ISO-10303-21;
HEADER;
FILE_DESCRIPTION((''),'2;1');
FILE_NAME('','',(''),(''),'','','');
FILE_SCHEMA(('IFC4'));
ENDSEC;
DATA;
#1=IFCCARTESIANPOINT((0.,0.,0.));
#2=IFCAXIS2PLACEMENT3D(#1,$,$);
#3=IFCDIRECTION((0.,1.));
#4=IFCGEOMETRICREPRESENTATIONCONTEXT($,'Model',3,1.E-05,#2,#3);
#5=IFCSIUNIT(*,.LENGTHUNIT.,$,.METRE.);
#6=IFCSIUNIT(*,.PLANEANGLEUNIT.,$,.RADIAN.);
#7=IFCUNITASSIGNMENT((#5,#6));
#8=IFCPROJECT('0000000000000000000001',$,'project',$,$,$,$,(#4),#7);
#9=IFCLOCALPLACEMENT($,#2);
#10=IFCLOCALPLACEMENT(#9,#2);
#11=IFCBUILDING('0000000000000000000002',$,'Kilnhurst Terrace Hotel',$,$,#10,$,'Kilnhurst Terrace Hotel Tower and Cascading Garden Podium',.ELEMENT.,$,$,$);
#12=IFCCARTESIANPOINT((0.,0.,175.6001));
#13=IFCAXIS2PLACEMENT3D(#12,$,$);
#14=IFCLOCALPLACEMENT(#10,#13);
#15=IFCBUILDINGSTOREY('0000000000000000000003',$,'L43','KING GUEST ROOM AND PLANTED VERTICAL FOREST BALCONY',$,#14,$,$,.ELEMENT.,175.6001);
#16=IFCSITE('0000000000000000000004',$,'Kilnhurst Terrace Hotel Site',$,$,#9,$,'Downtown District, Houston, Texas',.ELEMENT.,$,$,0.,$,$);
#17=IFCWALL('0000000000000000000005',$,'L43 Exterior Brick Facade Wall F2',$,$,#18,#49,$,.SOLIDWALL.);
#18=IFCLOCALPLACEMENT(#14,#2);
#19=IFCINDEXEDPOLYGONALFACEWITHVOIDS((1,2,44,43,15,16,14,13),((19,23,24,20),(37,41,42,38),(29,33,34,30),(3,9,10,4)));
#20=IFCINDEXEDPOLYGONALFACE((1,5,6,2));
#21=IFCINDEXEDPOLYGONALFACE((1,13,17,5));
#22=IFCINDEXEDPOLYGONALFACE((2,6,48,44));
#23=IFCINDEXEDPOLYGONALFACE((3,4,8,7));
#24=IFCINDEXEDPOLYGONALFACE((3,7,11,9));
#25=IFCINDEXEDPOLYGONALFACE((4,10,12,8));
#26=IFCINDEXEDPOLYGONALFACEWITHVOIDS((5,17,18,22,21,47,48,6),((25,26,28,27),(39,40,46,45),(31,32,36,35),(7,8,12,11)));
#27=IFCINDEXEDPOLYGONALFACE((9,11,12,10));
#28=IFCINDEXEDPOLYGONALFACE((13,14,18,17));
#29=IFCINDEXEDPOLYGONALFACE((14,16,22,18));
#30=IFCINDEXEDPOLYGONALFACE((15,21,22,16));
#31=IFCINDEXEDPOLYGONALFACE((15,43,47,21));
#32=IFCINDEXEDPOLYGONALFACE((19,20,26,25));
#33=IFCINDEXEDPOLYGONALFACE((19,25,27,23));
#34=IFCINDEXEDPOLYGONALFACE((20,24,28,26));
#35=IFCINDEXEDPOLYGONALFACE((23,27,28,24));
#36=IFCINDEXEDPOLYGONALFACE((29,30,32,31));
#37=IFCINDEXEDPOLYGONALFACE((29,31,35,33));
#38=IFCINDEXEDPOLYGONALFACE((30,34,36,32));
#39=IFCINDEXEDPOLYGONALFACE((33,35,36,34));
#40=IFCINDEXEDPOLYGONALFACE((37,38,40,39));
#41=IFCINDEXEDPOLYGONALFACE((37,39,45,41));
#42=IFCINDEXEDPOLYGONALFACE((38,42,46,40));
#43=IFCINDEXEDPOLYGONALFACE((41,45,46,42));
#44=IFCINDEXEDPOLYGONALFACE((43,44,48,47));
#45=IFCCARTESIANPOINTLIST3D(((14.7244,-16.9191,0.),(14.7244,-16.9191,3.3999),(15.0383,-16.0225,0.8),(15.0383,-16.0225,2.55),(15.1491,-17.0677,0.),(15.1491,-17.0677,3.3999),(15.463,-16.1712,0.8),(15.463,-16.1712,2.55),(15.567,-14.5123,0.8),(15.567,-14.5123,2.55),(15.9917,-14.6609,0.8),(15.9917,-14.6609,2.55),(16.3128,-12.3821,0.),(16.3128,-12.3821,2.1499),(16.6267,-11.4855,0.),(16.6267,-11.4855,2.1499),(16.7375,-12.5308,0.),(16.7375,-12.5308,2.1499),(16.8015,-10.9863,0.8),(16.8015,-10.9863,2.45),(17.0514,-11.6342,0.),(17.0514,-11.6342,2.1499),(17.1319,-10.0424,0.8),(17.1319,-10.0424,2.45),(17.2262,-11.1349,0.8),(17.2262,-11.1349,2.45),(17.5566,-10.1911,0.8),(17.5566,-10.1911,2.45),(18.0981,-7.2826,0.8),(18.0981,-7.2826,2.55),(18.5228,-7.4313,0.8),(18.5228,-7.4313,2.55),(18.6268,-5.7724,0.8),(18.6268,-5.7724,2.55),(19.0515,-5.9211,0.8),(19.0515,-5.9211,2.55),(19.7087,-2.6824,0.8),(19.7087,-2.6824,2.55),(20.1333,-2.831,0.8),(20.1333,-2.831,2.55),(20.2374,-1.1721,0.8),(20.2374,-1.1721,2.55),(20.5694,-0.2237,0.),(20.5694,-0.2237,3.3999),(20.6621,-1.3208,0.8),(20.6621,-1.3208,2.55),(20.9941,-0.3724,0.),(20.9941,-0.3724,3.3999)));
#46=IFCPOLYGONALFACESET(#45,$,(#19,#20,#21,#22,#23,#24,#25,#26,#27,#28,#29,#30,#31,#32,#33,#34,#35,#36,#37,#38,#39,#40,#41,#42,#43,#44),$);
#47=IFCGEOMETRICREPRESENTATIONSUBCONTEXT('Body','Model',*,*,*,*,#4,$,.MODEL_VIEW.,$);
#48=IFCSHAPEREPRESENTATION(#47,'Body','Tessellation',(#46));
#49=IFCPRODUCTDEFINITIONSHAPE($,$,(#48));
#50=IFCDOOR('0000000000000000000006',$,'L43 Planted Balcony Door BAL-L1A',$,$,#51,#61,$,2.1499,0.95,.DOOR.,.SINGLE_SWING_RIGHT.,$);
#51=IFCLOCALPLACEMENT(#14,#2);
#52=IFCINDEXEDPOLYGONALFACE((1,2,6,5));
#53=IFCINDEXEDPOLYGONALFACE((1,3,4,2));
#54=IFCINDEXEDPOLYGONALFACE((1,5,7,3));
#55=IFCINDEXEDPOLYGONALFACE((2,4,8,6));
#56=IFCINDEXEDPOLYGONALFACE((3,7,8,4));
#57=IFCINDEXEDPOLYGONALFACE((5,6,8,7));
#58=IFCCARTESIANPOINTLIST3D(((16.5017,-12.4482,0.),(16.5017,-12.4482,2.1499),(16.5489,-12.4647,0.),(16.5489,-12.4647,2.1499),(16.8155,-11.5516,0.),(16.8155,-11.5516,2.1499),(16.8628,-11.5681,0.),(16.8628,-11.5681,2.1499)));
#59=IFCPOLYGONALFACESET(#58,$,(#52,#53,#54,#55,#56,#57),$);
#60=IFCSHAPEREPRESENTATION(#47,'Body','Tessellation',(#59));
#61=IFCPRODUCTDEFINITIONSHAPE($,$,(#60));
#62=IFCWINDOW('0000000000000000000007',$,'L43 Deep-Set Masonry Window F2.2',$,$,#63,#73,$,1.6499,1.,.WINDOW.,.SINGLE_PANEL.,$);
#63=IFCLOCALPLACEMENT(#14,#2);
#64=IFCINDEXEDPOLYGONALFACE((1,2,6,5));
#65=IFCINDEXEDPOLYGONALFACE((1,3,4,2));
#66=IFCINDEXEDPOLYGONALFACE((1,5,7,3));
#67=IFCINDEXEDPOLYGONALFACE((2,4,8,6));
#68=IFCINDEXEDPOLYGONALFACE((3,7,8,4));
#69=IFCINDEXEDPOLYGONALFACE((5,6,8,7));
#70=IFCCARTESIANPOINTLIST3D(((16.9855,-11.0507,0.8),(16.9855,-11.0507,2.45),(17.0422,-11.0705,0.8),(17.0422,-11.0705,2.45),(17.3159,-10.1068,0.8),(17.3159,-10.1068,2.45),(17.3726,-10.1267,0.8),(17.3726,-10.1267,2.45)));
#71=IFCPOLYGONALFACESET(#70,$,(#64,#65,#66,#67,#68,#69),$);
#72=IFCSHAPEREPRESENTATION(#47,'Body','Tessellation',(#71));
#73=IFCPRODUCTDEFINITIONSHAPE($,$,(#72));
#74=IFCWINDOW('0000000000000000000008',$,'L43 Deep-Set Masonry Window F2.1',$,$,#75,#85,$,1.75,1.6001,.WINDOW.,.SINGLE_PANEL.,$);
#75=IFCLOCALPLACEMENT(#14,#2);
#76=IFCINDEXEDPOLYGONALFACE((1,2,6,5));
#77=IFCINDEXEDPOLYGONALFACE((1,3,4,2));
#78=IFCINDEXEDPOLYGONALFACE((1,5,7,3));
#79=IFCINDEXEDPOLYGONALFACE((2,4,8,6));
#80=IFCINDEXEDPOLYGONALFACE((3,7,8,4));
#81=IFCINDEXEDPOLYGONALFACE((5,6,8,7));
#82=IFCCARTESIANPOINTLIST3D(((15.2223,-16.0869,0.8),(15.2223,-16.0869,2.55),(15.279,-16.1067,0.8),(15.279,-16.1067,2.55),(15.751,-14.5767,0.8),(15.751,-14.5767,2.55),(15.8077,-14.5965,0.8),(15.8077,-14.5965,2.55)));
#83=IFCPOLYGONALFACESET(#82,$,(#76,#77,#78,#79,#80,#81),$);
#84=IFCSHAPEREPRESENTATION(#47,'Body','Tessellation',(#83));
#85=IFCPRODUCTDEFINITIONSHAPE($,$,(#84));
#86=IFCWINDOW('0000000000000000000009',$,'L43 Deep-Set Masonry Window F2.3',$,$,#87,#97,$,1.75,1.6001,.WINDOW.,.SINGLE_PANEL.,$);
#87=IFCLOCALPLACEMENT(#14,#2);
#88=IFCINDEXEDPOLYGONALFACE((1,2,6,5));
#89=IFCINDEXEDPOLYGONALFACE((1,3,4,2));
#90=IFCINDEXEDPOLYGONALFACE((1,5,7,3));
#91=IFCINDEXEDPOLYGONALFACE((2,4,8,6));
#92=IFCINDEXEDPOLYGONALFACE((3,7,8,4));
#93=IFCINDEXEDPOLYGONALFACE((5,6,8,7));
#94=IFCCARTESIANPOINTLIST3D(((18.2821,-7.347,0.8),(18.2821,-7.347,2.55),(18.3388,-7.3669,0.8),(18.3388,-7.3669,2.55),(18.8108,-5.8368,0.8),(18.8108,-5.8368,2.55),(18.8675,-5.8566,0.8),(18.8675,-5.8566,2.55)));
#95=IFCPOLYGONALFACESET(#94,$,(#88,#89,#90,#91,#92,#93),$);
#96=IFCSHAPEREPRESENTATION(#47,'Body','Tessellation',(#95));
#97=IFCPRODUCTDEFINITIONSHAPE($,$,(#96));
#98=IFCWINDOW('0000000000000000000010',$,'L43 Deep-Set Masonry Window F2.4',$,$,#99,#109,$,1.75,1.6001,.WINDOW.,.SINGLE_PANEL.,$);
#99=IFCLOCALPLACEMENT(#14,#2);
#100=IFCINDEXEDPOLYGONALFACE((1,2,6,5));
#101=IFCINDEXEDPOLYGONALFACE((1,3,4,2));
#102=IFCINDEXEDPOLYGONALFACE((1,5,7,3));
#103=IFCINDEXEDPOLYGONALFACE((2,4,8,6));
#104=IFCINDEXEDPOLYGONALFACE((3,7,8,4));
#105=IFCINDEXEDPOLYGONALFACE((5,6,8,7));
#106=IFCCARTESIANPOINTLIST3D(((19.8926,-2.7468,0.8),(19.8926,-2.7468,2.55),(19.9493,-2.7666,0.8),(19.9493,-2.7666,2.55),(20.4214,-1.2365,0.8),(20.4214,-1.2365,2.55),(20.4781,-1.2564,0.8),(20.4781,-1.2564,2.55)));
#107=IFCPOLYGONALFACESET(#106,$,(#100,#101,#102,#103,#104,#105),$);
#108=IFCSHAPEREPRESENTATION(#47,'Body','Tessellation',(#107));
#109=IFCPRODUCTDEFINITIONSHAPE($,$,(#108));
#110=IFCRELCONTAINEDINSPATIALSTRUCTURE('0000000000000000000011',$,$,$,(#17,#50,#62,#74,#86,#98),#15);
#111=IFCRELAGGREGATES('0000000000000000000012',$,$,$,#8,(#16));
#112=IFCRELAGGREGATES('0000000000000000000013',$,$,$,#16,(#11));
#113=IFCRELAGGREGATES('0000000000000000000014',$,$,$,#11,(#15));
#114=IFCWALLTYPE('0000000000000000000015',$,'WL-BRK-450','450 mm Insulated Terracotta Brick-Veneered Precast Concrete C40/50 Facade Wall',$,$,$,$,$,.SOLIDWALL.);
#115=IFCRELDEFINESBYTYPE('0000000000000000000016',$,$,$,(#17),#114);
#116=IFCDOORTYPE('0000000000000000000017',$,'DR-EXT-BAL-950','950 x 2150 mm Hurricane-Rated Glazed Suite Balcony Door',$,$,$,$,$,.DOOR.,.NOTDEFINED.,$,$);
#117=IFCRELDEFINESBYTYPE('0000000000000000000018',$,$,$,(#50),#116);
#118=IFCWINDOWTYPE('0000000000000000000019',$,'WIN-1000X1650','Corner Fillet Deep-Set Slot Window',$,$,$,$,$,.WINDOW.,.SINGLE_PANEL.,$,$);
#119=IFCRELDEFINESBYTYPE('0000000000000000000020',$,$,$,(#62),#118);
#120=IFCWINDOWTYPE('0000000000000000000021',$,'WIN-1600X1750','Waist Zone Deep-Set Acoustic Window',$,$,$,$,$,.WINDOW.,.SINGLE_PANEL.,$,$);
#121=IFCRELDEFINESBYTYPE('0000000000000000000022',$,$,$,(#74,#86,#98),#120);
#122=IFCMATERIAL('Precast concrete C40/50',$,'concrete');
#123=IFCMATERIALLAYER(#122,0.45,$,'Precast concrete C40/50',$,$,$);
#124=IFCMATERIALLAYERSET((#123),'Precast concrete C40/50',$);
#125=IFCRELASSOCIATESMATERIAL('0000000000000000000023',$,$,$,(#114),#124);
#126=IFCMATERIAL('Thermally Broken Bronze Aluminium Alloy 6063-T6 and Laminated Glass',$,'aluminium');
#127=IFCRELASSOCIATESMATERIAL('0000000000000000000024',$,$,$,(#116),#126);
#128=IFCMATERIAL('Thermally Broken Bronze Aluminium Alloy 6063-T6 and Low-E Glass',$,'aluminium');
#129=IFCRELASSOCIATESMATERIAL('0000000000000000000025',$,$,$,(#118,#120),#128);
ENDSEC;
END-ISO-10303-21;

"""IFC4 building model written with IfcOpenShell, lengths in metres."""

from ifc_helpers import new_model, si_unit, direction, frame, frame_2d, origin, place, context, subcontext, project, spatial, rectangle, extrude, material, layer, layer_set, type_object, element, fill, save


model = new_model("IFC4")

# Units and contexts
model_context = context("Model", 3, precision=1e-05, world=origin(), true_north=direction((0.0, 1.0)))
body_context = subcontext(model_context, "Body", "Model", "MODEL_VIEW")
ifc_project = project(units=[si_unit("LENGTHUNIT", "METRE"), si_unit("PLANEANGLEUNIT", "RADIAN")], contexts=[model_context])

# Site, building, storey
site_placement = place(None, origin())
site = spatial("IfcSite", under=ifc_project, at=site_placement, Name="Kilnhurst Terrace Hotel Site", LongName="Downtown District, Houston, Texas", CompositionType="ELEMENT", RefElevation=0.0)
building_placement = place(site_placement, origin())
building = spatial("IfcBuilding", under=site, at=building_placement, Name="Kilnhurst Terrace Hotel", LongName="Kilnhurst Terrace Hotel Tower and Cascading Garden Podium", CompositionType="ELEMENT")
storey_placement = place(building_placement, frame((0.0, 0.0, 175.6001)))
storey = spatial("IfcBuildingStorey", under=building, at=storey_placement, Name="L43", Description="KING GUEST ROOM AND PLANTED VERTICAL FOREST BALCONY", CompositionType="ELEMENT", Elevation=175.6001)

# Shared definitions
ifc_material_1 = material(Name="Precast concrete C40/50", Category="concrete")
ifc_layer_1 = layer(ifc_material_1, 0.45, Name="Precast concrete C40/50")
ifc_layer_set_1 = layer_set([ifc_layer_1], Name="Precast concrete C40/50")
wall_type_1 = type_object("IfcWallType", Name="WL-BRK-450", Description="450 mm Insulated Terracotta Brick-Veneered Precast Concrete C40/50 Facade Wall", PredefinedType="SOLIDWALL", material=ifc_layer_set_1)

# Wall, openings, door, windows
wall_1_placement = place(storey_placement, frame((14.9368, -16.9934, 0.0), z_axis=(0.0, 0.0, 1.0), x_axis=(0.330432, 0.94383, 0.0)))
wall_1 = element("IfcWall", 1, at=wall_1_placement, inside=storey, type_object=wall_type_1, Name="L43 Exterior Brick Facade Wall F2", PredefinedType="SOLIDWALL", context=body_context, shape_type="SweptSolid", body=[
    extrude(rectangle(XDim=17.689, YDim=0.45, at=frame_2d((8.8445, 0.0))), origin(), (0.0, 0.0, 1.0), 3.3999),
])
opening_1_placement = place(wall_1_placement, frame((4.8069, 0.0, 0.0)))
opening_1 = element("IfcOpeningElement", 2, at=opening_1_placement, cuts=wall_1, PredefinedType="OPENING", context=body_context, shape_type="SweptSolid", body=[
    extrude(rectangle(XDim=0.95, YDim=2.1499, at=frame_2d((0.4751, 1.075))), frame((0.0, 0.2349, 0.0), z_axis=(0.0, -1.0, 0.0), x_axis=(1.0, 0.0, 0.0)), (0.0, 0.0, 1.0), 0.47),
])
opening_2_placement = place(wall_1_placement, frame((0.95, 0.0, 0.8)))
opening_2 = element("IfcOpeningElement", 3, at=opening_2_placement, cuts=wall_1, PredefinedType="OPENING", context=body_context, shape_type="SweptSolid", body=[
    extrude(rectangle(XDim=1.6001, YDim=1.75, at=frame_2d((0.8, 0.875))), frame((0.0, 0.2349, 0.0), z_axis=(0.0, -1.0, 0.0), x_axis=(1.0, 0.0, 0.0)), (0.0, 0.0, 1.0), 0.47),
])
opening_3_placement = place(wall_1_placement, frame((6.2859, 0.0, 0.8)))
opening_3 = element("IfcOpeningElement", 4, at=opening_3_placement, cuts=wall_1, PredefinedType="OPENING", context=body_context, shape_type="SweptSolid", body=[
    extrude(rectangle(XDim=1.0, YDim=1.6499, at=frame_2d((0.5, 0.825))), frame((0.0, 0.2349, 0.0), z_axis=(0.0, -1.0, 0.0), x_axis=(1.0, 0.0, 0.0)), (0.0, 0.0, 1.0), 0.47),
])
opening_4_placement = place(wall_1_placement, frame((10.21, 0.0, 0.8)))
opening_4 = element("IfcOpeningElement", 5, at=opening_4_placement, cuts=wall_1, PredefinedType="OPENING", context=body_context, shape_type="SweptSolid", body=[
    extrude(rectangle(XDim=1.6001, YDim=1.75, at=frame_2d((0.8, 0.875))), frame((0.0, 0.2349, 0.0), z_axis=(0.0, -1.0, 0.0), x_axis=(1.0, 0.0, 0.0)), (0.0, 0.0, 1.0), 0.47),
])
opening_5_placement = place(wall_1_placement, frame((15.084, 0.0, 0.8)))
opening_5 = element("IfcOpeningElement", 6, at=opening_5_placement, cuts=wall_1, PredefinedType="OPENING", context=body_context, shape_type="SweptSolid", body=[
    extrude(rectangle(XDim=1.6001, YDim=1.75, at=frame_2d((0.8, 0.875))), frame((0.0, 0.2349, 0.0), z_axis=(0.0, -1.0, 0.0), x_axis=(1.0, 0.0, 0.0)), (0.0, 0.0, 1.0), 0.47),
])
ifc_material_2 = material(Name="Thermally Broken Bronze Aluminium Alloy 6063-T6 and Laminated Glass", Category="aluminium")
door_type_1 = type_object("IfcDoorType", Name="DR-EXT-BAL-950", Description="950 x 2150 mm Hurricane-Rated Glazed Suite Balcony Door", OperationType="NOTDEFINED", PredefinedType="DOOR", material=ifc_material_2)
door_1_placement = place(opening_1_placement, origin())
door_1 = element("IfcDoor", 7, at=door_1_placement, inside=storey, type_object=door_type_1, Name="L43 Planted Balcony Door BAL-L1A", OperationType="SINGLE_SWING_RIGHT", OverallHeight=2.1499, OverallWidth=0.95, PredefinedType="DOOR", context=body_context, shape_type="SweptSolid", body=[
    extrude(rectangle(XDim=0.95, YDim=2.1499, at=frame_2d((0.4751, 1.075))), frame((0.0, 0.0249, 0.0), z_axis=(0.0, -1.0, 0.0), x_axis=(1.0, 0.0, 0.0)), (0.0, 0.0, 1.0), 0.05),
])
fill(opening_1, door_1)
ifc_material_3 = material(Name="Thermally Broken Bronze Aluminium Alloy 6063-T6 and Low-E Glass", Category="aluminium")
window_type_1 = type_object("IfcWindowType", Name="WIN-1000X1650", Description="Corner Fillet Deep-Set Slot Window", PartitioningType="SINGLE_PANEL", PredefinedType="WINDOW", material=ifc_material_3)
window_1_placement = place(opening_3_placement, origin())
window_1 = element("IfcWindow", 8, at=window_1_placement, inside=storey, type_object=window_type_1, Name="L43 Deep-Set Masonry Window F2.2", OverallHeight=1.6499, OverallWidth=1.0, PartitioningType="SINGLE_PANEL", PredefinedType="WINDOW", context=body_context, shape_type="SweptSolid", body=[
    extrude(rectangle(XDim=1.0, YDim=1.6499, at=frame_2d((0.5, 0.825))), frame((0.0, 0.03, 0.0), z_axis=(0.0, -1.0, 0.0), x_axis=(1.0, 0.0, 0.0)), (0.0, 0.0, 1.0), 0.0601),
])
fill(opening_3, window_1)
window_type_2 = type_object("IfcWindowType", Name="WIN-1600X1750", Description="Waist Zone Deep-Set Acoustic Window", PartitioningType="SINGLE_PANEL", PredefinedType="WINDOW", material=ifc_material_3)
window_2_placement = place(opening_2_placement, origin())
window_2 = element("IfcWindow", 9, at=window_2_placement, inside=storey, type_object=window_type_2, Name="L43 Deep-Set Masonry Window F2.1", OverallHeight=1.75, OverallWidth=1.6001, PartitioningType="SINGLE_PANEL", PredefinedType="WINDOW", context=body_context, shape_type="SweptSolid", body=[
    extrude(rectangle(XDim=1.6001, YDim=1.75, at=frame_2d((0.8, 0.875))), frame((0.0, 0.03, 0.0), z_axis=(0.0, -1.0, 0.0), x_axis=(1.0, 0.0, 0.0)), (0.0, 0.0, 1.0), 0.0601),
])
fill(opening_2, window_2)
window_3_placement = place(opening_4_placement, origin())
window_3 = element("IfcWindow", 10, at=window_3_placement, inside=storey, type_object=window_type_2, Name="L43 Deep-Set Masonry Window F2.3", OverallHeight=1.75, OverallWidth=1.6001, PartitioningType="SINGLE_PANEL", PredefinedType="WINDOW", context=body_context, shape_type="SweptSolid", body=[
    extrude(rectangle(XDim=1.6001, YDim=1.75, at=frame_2d((0.8, 0.875))), frame((0.0, 0.03, 0.0), z_axis=(0.0, -1.0, 0.0), x_axis=(1.0, 0.0, 0.0)), (0.0, 0.0, 1.0), 0.0601),
])
fill(opening_4, window_3)
window_4_placement = place(opening_5_placement, origin())
window_4 = element("IfcWindow", 11, at=window_4_placement, inside=storey, type_object=window_type_2, Name="L43 Deep-Set Masonry Window F2.4", OverallHeight=1.75, OverallWidth=1.6001, PartitioningType="SINGLE_PANEL", PredefinedType="WINDOW", context=body_context, shape_type="SweptSolid", body=[
    extrude(rectangle(XDim=1.6001, YDim=1.75, at=frame_2d((0.8, 0.875))), frame((0.0, 0.03, 0.0), z_axis=(0.0, -1.0, 0.0), x_axis=(1.0, 0.0, 0.0)), (0.0, 0.0, 1.0), 0.0601),
])
fill(opening_5, window_4)

save(model, "model.ifc")
